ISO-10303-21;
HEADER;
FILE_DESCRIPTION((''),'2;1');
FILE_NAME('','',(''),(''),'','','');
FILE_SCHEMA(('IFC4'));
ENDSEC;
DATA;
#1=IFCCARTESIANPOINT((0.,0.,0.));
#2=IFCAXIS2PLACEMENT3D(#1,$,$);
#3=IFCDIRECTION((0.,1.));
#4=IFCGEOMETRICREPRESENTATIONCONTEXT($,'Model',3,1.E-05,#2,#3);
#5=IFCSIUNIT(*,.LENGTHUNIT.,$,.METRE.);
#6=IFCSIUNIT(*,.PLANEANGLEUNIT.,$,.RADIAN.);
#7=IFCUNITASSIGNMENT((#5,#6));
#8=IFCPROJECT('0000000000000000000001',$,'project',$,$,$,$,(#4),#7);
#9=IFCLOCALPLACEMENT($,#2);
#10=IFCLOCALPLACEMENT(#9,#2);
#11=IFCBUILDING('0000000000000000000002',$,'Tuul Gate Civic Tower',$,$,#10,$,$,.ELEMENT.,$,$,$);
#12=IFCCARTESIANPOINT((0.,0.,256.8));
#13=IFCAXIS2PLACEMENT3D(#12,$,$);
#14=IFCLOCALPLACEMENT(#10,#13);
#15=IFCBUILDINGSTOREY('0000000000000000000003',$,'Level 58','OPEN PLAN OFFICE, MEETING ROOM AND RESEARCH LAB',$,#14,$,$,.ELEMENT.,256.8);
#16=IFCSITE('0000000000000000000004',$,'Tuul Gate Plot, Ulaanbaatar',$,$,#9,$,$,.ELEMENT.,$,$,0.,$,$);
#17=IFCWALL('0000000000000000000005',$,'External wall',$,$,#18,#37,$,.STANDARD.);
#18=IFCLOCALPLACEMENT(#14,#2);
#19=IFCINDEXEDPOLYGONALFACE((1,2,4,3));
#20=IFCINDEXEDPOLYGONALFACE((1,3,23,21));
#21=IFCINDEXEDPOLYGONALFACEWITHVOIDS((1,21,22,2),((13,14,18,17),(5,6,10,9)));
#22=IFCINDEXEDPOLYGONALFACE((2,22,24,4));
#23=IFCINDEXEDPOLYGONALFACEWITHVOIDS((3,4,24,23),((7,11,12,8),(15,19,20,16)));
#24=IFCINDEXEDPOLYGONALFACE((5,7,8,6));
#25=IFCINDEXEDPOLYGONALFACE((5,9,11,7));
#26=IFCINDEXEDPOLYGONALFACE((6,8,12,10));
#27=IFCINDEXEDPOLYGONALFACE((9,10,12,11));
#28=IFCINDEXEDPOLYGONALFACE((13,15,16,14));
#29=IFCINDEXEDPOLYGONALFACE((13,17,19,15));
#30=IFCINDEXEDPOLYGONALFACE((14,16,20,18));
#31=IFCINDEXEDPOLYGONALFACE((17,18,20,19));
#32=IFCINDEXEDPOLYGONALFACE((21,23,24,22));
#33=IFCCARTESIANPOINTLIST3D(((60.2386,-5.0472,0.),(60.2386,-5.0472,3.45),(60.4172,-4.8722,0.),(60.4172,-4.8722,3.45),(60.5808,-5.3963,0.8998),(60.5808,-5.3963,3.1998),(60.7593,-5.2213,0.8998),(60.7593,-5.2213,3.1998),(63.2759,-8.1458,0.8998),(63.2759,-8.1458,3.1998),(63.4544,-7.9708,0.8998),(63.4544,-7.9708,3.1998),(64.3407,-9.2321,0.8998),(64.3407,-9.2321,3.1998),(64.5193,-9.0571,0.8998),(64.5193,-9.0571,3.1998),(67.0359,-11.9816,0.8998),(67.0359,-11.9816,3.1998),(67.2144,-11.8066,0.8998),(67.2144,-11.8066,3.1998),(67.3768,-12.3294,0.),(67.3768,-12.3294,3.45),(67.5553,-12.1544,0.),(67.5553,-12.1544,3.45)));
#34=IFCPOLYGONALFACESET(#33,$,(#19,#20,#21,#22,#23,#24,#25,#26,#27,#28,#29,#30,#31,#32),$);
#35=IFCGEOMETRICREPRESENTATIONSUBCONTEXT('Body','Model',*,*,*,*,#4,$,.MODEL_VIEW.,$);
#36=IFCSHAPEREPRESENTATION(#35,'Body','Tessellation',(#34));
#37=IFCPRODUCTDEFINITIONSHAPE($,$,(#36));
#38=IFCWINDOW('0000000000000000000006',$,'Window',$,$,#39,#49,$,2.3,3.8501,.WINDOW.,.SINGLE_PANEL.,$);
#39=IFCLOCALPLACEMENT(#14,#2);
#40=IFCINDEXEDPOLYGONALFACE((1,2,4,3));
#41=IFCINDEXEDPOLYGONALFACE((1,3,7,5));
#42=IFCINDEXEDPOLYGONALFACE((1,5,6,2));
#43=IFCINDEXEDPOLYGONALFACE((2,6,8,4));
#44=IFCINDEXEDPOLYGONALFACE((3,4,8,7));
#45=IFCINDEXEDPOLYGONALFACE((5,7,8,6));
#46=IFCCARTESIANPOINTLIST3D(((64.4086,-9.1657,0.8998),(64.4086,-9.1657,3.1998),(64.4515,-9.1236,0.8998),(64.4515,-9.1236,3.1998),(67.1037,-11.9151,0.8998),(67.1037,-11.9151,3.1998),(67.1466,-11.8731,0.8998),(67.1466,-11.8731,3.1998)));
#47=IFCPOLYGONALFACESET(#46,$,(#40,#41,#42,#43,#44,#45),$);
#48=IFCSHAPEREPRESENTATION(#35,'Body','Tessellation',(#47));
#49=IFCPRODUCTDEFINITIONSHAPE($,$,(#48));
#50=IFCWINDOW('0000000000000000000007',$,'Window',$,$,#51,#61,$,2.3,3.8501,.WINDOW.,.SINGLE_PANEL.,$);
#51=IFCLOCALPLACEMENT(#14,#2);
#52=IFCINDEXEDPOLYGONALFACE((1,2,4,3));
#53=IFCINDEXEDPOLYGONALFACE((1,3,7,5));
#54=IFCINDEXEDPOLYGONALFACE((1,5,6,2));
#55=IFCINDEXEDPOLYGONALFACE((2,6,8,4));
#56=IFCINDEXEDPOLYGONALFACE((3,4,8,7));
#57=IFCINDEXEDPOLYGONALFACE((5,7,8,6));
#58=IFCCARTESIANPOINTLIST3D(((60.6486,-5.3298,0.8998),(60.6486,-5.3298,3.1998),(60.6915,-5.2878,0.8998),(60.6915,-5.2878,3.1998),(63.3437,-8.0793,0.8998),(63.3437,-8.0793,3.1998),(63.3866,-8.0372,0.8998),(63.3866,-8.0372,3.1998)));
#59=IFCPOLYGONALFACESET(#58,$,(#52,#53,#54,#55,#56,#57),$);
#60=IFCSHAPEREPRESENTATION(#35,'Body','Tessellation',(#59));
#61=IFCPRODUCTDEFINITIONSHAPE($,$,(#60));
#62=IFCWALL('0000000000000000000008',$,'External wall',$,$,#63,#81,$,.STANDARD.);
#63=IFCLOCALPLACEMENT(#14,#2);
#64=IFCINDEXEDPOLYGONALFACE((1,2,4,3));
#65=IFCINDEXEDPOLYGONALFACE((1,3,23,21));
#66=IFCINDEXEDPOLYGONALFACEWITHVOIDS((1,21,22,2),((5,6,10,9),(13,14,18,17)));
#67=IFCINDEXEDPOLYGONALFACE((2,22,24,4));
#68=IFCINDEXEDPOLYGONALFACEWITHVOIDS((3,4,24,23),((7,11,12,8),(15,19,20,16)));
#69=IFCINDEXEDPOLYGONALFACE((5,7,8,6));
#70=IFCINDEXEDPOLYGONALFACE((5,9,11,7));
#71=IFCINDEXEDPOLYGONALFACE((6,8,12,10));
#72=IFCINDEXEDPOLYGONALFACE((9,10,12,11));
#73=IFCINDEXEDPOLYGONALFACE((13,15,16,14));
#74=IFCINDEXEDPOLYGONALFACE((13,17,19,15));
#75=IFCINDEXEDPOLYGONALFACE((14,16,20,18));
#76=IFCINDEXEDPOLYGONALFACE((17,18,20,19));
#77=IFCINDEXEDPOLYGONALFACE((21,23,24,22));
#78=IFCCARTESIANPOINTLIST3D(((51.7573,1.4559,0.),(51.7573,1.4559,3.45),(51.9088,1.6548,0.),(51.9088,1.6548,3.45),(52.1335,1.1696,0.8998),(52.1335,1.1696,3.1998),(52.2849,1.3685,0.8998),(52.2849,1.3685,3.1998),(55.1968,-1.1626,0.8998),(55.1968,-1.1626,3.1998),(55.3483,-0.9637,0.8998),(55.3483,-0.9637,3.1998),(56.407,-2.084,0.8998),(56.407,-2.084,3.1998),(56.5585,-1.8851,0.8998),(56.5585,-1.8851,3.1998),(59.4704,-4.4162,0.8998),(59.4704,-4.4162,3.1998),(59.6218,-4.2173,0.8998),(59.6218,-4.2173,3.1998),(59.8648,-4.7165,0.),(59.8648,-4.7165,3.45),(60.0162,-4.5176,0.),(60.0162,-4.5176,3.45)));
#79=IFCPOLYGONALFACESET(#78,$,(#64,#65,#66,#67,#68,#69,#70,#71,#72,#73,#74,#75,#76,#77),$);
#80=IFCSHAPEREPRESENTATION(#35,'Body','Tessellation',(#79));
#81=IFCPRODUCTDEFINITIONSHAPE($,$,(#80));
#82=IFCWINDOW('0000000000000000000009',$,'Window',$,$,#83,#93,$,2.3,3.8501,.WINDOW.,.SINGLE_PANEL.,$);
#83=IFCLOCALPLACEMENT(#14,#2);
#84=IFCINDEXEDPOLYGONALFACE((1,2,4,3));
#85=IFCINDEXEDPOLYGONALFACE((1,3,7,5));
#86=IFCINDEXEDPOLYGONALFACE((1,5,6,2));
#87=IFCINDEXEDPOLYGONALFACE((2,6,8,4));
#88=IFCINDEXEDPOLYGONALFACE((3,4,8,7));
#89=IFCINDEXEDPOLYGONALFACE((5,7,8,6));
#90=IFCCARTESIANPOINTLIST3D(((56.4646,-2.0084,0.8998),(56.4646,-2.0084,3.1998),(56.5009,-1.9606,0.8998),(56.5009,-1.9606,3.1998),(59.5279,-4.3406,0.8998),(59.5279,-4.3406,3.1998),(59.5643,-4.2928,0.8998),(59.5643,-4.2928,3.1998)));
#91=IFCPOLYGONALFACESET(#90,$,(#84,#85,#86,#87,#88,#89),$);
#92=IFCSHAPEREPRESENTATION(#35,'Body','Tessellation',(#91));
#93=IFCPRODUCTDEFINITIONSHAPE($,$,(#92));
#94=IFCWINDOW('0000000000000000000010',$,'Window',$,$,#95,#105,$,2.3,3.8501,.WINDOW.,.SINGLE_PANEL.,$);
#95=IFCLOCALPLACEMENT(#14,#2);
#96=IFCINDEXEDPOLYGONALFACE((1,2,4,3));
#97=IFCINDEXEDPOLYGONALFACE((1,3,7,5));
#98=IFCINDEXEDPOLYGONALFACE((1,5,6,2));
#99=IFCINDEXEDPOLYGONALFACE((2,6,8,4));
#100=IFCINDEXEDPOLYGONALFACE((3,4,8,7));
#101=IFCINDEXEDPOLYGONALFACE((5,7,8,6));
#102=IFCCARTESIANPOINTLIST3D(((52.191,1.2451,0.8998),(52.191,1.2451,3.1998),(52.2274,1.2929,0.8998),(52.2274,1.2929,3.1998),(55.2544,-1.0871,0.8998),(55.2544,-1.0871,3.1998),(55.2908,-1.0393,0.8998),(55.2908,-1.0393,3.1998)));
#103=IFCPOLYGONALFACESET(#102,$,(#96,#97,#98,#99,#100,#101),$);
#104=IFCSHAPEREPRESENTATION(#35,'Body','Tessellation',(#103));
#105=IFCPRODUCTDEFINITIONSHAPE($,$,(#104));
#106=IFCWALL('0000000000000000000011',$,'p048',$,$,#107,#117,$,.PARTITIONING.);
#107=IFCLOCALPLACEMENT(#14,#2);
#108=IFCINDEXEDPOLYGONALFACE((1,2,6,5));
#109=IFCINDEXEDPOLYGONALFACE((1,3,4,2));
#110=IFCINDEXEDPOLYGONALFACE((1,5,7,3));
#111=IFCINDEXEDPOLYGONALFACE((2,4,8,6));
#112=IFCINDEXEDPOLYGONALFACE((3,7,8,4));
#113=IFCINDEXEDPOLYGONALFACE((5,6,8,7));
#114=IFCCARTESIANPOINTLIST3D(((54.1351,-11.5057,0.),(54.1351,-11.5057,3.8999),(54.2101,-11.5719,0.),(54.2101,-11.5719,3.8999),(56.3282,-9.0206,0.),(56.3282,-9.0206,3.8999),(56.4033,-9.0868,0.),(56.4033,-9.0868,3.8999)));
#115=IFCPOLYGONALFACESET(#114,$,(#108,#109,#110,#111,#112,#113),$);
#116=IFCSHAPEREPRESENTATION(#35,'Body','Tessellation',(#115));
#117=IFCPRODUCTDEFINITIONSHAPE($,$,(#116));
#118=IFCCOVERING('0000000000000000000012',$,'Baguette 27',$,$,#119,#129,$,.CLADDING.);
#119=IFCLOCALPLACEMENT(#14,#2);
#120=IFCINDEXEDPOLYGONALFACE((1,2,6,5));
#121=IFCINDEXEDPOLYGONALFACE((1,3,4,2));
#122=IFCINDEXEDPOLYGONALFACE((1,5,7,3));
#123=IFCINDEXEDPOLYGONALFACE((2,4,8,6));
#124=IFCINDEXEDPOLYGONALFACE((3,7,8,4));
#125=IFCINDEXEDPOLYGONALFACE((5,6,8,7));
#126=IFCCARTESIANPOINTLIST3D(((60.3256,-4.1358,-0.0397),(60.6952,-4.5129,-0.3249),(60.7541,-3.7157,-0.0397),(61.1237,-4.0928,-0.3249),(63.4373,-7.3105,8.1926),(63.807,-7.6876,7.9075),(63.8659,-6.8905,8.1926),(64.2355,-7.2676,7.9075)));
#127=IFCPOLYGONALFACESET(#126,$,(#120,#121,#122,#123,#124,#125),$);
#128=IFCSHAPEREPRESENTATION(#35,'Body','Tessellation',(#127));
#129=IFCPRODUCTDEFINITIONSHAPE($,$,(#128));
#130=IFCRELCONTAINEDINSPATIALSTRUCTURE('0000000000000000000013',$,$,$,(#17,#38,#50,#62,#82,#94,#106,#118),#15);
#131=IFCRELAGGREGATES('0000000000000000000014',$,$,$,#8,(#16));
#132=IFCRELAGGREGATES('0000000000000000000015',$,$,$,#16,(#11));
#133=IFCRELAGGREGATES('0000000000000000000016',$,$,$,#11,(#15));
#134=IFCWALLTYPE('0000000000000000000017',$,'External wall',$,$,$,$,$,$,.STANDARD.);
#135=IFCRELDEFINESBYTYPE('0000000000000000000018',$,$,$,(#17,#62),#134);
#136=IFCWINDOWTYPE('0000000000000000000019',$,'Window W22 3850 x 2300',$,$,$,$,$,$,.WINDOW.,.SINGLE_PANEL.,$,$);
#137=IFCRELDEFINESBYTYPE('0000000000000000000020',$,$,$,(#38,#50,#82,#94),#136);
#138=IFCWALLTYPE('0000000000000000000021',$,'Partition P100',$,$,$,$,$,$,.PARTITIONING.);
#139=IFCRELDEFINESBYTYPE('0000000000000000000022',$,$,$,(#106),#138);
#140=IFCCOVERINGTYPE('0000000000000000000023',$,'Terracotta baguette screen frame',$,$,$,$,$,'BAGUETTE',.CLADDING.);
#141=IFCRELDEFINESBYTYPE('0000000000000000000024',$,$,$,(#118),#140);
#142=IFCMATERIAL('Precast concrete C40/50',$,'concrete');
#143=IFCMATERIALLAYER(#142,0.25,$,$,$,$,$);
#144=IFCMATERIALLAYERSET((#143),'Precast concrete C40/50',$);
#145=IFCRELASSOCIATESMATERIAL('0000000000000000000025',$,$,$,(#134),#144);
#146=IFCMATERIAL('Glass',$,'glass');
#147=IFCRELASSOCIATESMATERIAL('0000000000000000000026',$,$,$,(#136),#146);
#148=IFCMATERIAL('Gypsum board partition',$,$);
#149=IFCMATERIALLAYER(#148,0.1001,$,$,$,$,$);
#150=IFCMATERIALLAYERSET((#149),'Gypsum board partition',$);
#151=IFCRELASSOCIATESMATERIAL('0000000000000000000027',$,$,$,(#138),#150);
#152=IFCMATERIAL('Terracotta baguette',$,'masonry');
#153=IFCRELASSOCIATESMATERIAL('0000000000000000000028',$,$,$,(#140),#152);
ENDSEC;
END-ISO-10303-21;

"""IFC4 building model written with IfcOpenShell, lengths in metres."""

from ifc_helpers import new_model, si_unit, direction, frame, frame_2d, origin, origin_2d, place, context, subcontext, project, spatial, rectangle, extrude, material, layer, layer_set, material_profile, profile_set, type_object, element, fill, save


model = new_model("IFC4")

# Units and contexts
model_context = context("Model", 3, precision=1e-05, world=origin(), true_north=direction((0.0, 1.0)))
body_context = subcontext(model_context, "Body", "Model", "MODEL_VIEW")
ifc_project = project(units=[si_unit("LENGTHUNIT", "METRE"), si_unit("PLANEANGLEUNIT", "RADIAN")], contexts=[model_context])

# Site, building, storey
site_placement = place(None, origin())
site = spatial("IfcSite", under=ifc_project, at=site_placement, Name="Tuul Gate Plot, Ulaanbaatar", CompositionType="ELEMENT", RefElevation=0.0)
building_placement = place(site_placement, origin())
building = spatial("IfcBuilding", under=site, at=building_placement, Name="Tuul Gate Civic Tower", CompositionType="ELEMENT")
storey_placement = place(building_placement, frame((0.0, 0.0, 256.8)))
storey = spatial("IfcBuildingStorey", under=building, at=storey_placement, Name="Level 58", Description="OPEN PLAN OFFICE, MEETING ROOM AND RESEARCH LAB", CompositionType="ELEMENT", Elevation=256.8)

# Walls, openings, windows
ifc_material_1 = material(Name="Precast concrete C40/50", Category="concrete")
ifc_layer_1 = layer(ifc_material_1, 0.25)
ifc_layer_set_1 = layer_set([ifc_layer_1], Name="Precast concrete C40/50")
wall_type_1 = type_object("IfcWallType", Name="External wall", PredefinedType="STANDARD", material=ifc_layer_set_1)
wall_1_placement = place(storey_placement, frame((67.4661, -12.2419, 0.0), z_axis=(0.0, 0.0, 1.0), x_axis=(-0.700009, 0.714134, 0.0)))
wall_1 = element("IfcWall", 1, at=wall_1_placement, inside=storey, type_object=wall_type_1, Name="External wall", PredefinedType="STANDARD", context=body_context, shape_type="SweptSolid", body=[
    extrude(rectangle(XDim=10.1973, YDim=0.25, at=frame_2d((5.0986, 0.0))), origin(), (0.0, 0.0, 1.0), 3.45),
])
opening_1_placement = place(wall_1_placement, frame((0.4871, 0.0, 0.8999)))
opening_1 = element("IfcOpeningElement", 2, at=opening_1_placement, cuts=wall_1, PredefinedType="OPENING", context=body_context, shape_type="SweptSolid", body=[
    extrude(rectangle(XDim=3.8501, YDim=2.3, at=frame_2d((1.925, 1.1499))), frame((0.0, 0.135, 0.0), z_axis=(0.0, -1.0, 0.0), x_axis=(1.0, 0.0, 0.0)), (0.0, 0.0, 1.0), 0.27),
])
opening_2_placement = place(wall_1_placement, frame((5.8584, 0.0, 0.8999)))
opening_2 = element("IfcOpeningElement", 3, at=opening_2_placement, cuts=wall_1, PredefinedType="OPENING", context=body_context, shape_type="SweptSolid", body=[
    extrude(rectangle(XDim=3.8501, YDim=2.3, at=frame_2d((1.925, 1.1499))), frame((0.0, 0.135, 0.0), z_axis=(0.0, -1.0, 0.0), x_axis=(1.0, 0.0, 0.0)), (0.0, 0.0, 1.0), 0.27),
])
ifc_material_2 = material(Name="Glass", Category="glass")
window_type = type_object("IfcWindowType", Name="Window W22 3850 x 2300", PartitioningType="SINGLE_PANEL", PredefinedType="WINDOW", material=ifc_material_2)
window_1_placement = place(opening_1_placement, origin())
window_1 = element("IfcWindow", 4, at=window_1_placement, inside=storey, type_object=window_type, Name="Window", OverallHeight=2.3, OverallWidth=3.8501, PartitioningType="SINGLE_PANEL", PredefinedType="WINDOW", context=body_context, shape_type="SweptSolid", body=[
    extrude(rectangle(XDim=3.8501, YDim=2.3, at=frame_2d((1.925, 1.1499))), frame((0.0, 0.03, 0.0), z_axis=(0.0, -1.0, 0.0), x_axis=(1.0, 0.0, 0.0)), (0.0, 0.0, 1.0), 0.0601),
])
fill(opening_1, window_1)
window_2_placement = place(opening_2_placement, origin())
window_2 = element("IfcWindow", 5, at=window_2_placement, inside=storey, type_object=window_type, Name="Window", OverallHeight=2.3, OverallWidth=3.8501, PartitioningType="SINGLE_PANEL", PredefinedType="WINDOW", context=body_context, shape_type="SweptSolid", body=[
    extrude(rectangle(XDim=3.8501, YDim=2.3, at=frame_2d((1.925, 1.1499))), frame((0.0, 0.03, 0.0), z_axis=(0.0, -1.0, 0.0), x_axis=(1.0, 0.0, 0.0)), (0.0, 0.0, 1.0), 0.0601),
])
fill(opening_2, window_2)
wall_2_placement = place(storey_placement, frame((59.9404, -4.6169, 0.0), z_axis=(0.0, 0.0, 1.0), x_axis=(-0.795655, 0.60575, 0.0)))
wall_2 = element("IfcWall", 6, at=wall_2_placement, inside=storey, type_object=wall_type_1, Name="External wall", PredefinedType="STANDARD", context=body_context, shape_type="SweptSolid", body=[
    extrude(rectangle(XDim=10.1897, YDim=0.25, at=frame_2d((5.0947, 0.0))), origin(), (0.0, 0.0, 1.0), 3.45),
])
opening_3_placement = place(wall_2_placement, frame((0.4956, 0.0, 0.8999)))
opening_3 = element("IfcOpeningElement", 7, at=opening_3_placement, cuts=wall_2, PredefinedType="OPENING", context=body_context, shape_type="SweptSolid", body=[
    extrude(rectangle(XDim=3.8501, YDim=2.3, at=frame_2d((1.925, 1.1499))), frame((0.0, 0.135, 0.0), z_axis=(0.0, -1.0, 0.0), x_axis=(1.0, 0.0, 0.0)), (0.0, 0.0, 1.0), 0.27),
])
opening_4_placement = place(wall_2_placement, frame((5.8667, 0.0, 0.8999)))
opening_4 = element("IfcOpeningElement", 8, at=opening_4_placement, cuts=wall_2, PredefinedType="OPENING", context=body_context, shape_type="SweptSolid", body=[
    extrude(rectangle(XDim=3.8501, YDim=2.3, at=frame_2d((1.925, 1.1499))), frame((0.0, 0.135, 0.0), z_axis=(0.0, -1.0, 0.0), x_axis=(1.0, 0.0, 0.0)), (0.0, 0.0, 1.0), 0.27),
])
window_3_placement = place(opening_3_placement, origin())
window_3 = element("IfcWindow", 9, at=window_3_placement, inside=storey, type_object=window_type, Name="Window", OverallHeight=2.3, OverallWidth=3.8501, PartitioningType="SINGLE_PANEL", PredefinedType="WINDOW", context=body_context, shape_type="SweptSolid", body=[
    extrude(rectangle(XDim=3.8501, YDim=2.3, at=frame_2d((1.925, 1.1499))), frame((0.0, 0.03, 0.0), z_axis=(0.0, -1.0, 0.0), x_axis=(1.0, 0.0, 0.0)), (0.0, 0.0, 1.0), 0.0601),
])
fill(opening_3, window_3)
window_4_placement = place(opening_4_placement, origin())
window_4 = element("IfcWindow", 10, at=window_4_placement, inside=storey, type_object=window_type, Name="Window", OverallHeight=2.3, OverallWidth=3.8501, PartitioningType="SINGLE_PANEL", PredefinedType="WINDOW", context=body_context, shape_type="SweptSolid", body=[
    extrude(rectangle(XDim=3.8501, YDim=2.3, at=frame_2d((1.925, 1.1499))), frame((0.0, 0.03, 0.0), z_axis=(0.0, -1.0, 0.0), x_axis=(1.0, 0.0, 0.0)), (0.0, 0.0, 1.0), 0.0601),
])
fill(opening_4, window_4)

# Wall
ifc_material_3 = material(Name="Gypsum board partition")
ifc_layer_2 = layer(ifc_material_3, 0.1001)
ifc_layer_set_2 = layer_set([ifc_layer_2], Name="Gypsum board partition")
wall_type_2 = type_object("IfcWallType", Name="Partition P100", PredefinedType="PARTITIONING", material=ifc_layer_set_2)
wall_3_placement = place(storey_placement, frame((54.1726, -11.5388, 0.0), z_axis=(0.0, 0.0, 1.0), x_axis=(0.661685, 0.749782, 0.0)))
element("IfcWall", 11, at=wall_3_placement, inside=storey, type_object=wall_type_2, Name="p048", PredefinedType="PARTITIONING", context=body_context, shape_type="SweptSolid", body=[
    extrude(rectangle(XDim=3.3145, YDim=0.1001, at=frame_2d((1.6572, 0.0))), origin(), (0.0, 0.0, 1.0), 3.8999),
])

# Covering
ifc_material_4 = material(Name="Terracotta baguette", Category="masonry")
ifc_material_profile_1 = material_profile(ifc_material_4, rectangle(XDim=0.6001, YDim=0.6001, at=origin_2d()), Name="Terracotta baguette screen frame")
ifc_profile_set_1 = profile_set([ifc_material_profile_1], Name="Terracotta baguette")
covering_type = type_object("IfcCoveringType", Name="Terracotta baguette screen frame", ElementType="BAGUETTE", PredefinedType="CLADDING", material=ifc_profile_set_1)
covering_placement = place(storey_placement, frame((63.8364, -7.2891, 8.05), z_axis=(-0.3326, 0.339332, -0.879904), x_axis=(-0.714156, -0.699987, 0.0)))
element("IfcCovering", 12, at=covering_placement, inside=storey, type_object=covering_type, Name="Baguette 27", PredefinedType="CLADDING", context=body_context, shape_type="SweptSolid", body=[
    extrude(rectangle(XDim=0.6001, YDim=0.6001, at=origin_2d()), origin(), (0.0, 0.0, 1.0), 9.356),
])

save(model, "model.ifc")
